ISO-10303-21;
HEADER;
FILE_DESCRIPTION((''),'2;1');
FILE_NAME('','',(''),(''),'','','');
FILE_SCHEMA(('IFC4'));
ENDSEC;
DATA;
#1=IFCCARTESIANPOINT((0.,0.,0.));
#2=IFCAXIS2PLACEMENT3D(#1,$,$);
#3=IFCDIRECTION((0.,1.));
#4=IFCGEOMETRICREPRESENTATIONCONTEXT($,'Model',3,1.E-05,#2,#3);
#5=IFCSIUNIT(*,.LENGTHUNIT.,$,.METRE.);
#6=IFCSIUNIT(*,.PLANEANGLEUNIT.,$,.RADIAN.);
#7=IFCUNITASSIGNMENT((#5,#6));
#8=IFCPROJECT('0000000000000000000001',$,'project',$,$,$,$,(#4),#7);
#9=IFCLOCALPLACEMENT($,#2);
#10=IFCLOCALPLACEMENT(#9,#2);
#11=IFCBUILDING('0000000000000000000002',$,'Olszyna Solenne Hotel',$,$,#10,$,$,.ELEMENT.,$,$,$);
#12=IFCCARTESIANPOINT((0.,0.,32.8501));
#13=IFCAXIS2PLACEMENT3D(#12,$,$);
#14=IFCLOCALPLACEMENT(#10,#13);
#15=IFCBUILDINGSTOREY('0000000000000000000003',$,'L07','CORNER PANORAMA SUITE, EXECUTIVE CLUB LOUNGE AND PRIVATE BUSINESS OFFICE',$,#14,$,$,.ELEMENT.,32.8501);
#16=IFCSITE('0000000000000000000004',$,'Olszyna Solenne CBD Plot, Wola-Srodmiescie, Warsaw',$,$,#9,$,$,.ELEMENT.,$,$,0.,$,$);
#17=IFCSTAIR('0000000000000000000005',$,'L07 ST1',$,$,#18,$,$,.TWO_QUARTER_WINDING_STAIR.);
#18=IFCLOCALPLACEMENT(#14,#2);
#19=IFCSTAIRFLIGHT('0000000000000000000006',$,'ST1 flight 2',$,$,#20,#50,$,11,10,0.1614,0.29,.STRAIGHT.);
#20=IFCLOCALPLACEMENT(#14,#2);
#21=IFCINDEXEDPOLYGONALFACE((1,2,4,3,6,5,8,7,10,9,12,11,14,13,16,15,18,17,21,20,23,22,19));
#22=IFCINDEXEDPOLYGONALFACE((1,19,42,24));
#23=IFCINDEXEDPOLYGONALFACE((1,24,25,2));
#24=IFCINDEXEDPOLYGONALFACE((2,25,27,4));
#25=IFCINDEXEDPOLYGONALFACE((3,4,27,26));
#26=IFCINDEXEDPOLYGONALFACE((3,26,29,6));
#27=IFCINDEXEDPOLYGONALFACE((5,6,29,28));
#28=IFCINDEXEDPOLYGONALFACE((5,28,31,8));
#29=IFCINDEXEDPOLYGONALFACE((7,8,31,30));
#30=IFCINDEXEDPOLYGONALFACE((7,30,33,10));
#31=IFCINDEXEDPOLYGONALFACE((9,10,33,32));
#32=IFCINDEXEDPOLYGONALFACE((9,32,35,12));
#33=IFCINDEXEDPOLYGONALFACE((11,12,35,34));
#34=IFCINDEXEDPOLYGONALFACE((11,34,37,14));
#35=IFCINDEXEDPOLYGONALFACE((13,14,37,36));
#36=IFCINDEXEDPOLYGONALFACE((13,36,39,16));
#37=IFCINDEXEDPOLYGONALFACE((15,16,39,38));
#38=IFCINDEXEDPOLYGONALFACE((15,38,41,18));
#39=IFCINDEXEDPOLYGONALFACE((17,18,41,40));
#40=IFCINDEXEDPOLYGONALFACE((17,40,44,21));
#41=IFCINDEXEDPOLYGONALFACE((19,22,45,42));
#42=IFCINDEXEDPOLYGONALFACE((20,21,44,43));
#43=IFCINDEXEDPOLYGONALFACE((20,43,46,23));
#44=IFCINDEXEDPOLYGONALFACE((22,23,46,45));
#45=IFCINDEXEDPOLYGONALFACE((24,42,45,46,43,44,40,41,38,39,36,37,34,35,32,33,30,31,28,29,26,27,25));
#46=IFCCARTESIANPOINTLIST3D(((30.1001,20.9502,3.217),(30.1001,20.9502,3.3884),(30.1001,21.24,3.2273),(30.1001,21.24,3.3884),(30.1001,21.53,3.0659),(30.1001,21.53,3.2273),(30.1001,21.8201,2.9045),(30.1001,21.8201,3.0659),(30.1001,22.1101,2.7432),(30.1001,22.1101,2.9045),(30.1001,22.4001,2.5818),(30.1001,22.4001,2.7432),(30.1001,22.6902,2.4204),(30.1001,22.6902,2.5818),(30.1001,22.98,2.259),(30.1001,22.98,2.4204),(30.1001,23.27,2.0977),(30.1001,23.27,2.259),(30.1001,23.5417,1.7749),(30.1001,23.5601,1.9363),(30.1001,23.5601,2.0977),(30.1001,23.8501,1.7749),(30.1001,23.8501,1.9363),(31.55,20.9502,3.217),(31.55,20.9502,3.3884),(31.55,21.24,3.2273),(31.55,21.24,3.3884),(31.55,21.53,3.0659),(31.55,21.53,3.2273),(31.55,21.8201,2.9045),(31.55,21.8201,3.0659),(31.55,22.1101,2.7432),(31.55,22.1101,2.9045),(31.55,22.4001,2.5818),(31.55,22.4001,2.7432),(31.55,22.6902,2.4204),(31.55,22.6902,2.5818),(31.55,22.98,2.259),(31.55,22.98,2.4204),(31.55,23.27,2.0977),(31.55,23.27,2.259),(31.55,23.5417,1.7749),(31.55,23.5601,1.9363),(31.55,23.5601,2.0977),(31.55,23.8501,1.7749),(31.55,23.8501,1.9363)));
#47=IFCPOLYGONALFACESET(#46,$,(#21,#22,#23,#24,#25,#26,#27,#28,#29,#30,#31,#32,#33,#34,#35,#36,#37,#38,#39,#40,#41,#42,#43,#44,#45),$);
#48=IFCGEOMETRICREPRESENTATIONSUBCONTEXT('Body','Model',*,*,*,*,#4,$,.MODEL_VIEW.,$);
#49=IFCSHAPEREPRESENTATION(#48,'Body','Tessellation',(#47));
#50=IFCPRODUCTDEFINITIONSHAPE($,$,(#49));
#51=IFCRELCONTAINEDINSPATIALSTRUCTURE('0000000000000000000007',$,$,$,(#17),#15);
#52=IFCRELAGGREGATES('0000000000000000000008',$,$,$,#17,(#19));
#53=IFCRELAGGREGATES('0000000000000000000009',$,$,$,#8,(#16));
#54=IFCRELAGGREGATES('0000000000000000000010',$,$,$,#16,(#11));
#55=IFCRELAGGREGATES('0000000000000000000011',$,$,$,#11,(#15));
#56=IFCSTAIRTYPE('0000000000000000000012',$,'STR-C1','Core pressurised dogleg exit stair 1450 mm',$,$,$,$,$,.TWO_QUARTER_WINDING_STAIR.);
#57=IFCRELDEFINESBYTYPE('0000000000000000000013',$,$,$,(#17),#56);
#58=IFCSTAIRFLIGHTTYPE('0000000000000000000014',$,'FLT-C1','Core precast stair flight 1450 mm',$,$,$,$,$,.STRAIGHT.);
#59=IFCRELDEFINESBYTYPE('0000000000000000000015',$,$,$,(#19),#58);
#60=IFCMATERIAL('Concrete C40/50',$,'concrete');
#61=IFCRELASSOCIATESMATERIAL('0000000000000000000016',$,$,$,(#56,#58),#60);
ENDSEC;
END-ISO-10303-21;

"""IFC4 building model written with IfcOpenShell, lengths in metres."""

from ifc_helpers import new_model, si_unit, direction, frame, origin, place, context, subcontext, project, spatial, polyline, outline, extrude, material, type_object, element, aggregate, save


model = new_model("IFC4")

# Units and contexts
model_context = context("Model", 3, precision=1e-05, world=origin(), true_north=direction((0.0, 1.0)))
body_context = subcontext(model_context, "Body", "Model", "MODEL_VIEW")
ifc_project = project(units=[si_unit("LENGTHUNIT", "METRE"), si_unit("PLANEANGLEUNIT", "RADIAN")], contexts=[model_context])

# Site, building, storey
site_placement = place(None, origin())
site = spatial("IfcSite", under=ifc_project, at=site_placement, Name="Olszyna Solenne CBD Plot, Wola-Srodmiescie, Warsaw", CompositionType="ELEMENT", RefElevation=0.0)
building_placement = place(site_placement, origin())
building = spatial("IfcBuilding", under=site, at=building_placement, Name="Olszyna Solenne Hotel", CompositionType="ELEMENT")
storey_placement = place(building_placement, frame((0.0, 0.0, 32.8501)))
storey = spatial("IfcBuildingStorey", under=building, at=storey_placement, Name="L07", Description="CORNER PANORAMA SUITE, EXECUTIVE CLUB LOUNGE AND PRIVATE BUSINESS OFFICE", CompositionType="ELEMENT", Elevation=32.8501)

# Stair, stair flight
ifc_material_1 = material(Name="Concrete C40/50", Category="concrete")
stair_type = type_object("IfcStairType", Name="STR-C1", Description="Core pressurised dogleg exit stair 1450 mm", PredefinedType="TWO_QUARTER_WINDING_STAIR", material=ifc_material_1)
stair_placement = place(storey_placement, origin())
stair = element("IfcStair", 1, at=stair_placement, inside=storey, type_object=stair_type, Name="L07 ST1", PredefinedType="TWO_QUARTER_WINDING_STAIR")
stair_flight_type = type_object("IfcStairFlightType", Name="FLT-C1", Description="Core precast stair flight 1450 mm", PredefinedType="STRAIGHT", material=ifc_material_1)
stair_flight_1_placement = place(storey_placement, frame((30.825, 23.8501, 1.7749), z_axis=(0.0, 0.0, 1.0), x_axis=(0.0, -1.0, 0.0)))
stair_flight_1 = element("IfcStairFlight", 2, at=stair_flight_1_placement, type_object=stair_flight_type, Name="ST1 flight 2", NumberOfRisers=11, NumberOfTreads=10, PredefinedType="STRAIGHT", RiserHeight=0.1614, TreadLength=0.29, context=body_context, shape_type="SweptSolid", body=[
    extrude(outline(polyline([(0.0, 0.0), (0.0, 0.1614), (0.29, 0.1614), (0.29, 0.3228), (0.5801, 0.3228), (0.5801, 0.4841), (0.8701, 0.4841), (0.8701, 0.6455), (1.1599, 0.6455), (1.1599, 0.8069), (1.45, 0.8069), (1.45, 0.9683), (1.74, 0.9683), (1.74, 1.1296), (2.03, 1.1296), (2.03, 1.291), (2.3201, 1.291), (2.3201, 1.4524), (2.6101, 1.4524), (2.6101, 1.6135), (2.8999, 1.6135), (2.8999, 1.7749), (2.8999, 1.4421), (0.3083, 0.0), (0.0, 0.0)])), frame((0.0, 0.7251, 0.0), z_axis=(0.0, -1.0, 0.0), x_axis=(1.0, 0.0, 0.0)), (0.0, 0.0, 1.0), 1.45),
])
aggregate(stair, [stair_flight_1])

save(model, "model.ifc")
